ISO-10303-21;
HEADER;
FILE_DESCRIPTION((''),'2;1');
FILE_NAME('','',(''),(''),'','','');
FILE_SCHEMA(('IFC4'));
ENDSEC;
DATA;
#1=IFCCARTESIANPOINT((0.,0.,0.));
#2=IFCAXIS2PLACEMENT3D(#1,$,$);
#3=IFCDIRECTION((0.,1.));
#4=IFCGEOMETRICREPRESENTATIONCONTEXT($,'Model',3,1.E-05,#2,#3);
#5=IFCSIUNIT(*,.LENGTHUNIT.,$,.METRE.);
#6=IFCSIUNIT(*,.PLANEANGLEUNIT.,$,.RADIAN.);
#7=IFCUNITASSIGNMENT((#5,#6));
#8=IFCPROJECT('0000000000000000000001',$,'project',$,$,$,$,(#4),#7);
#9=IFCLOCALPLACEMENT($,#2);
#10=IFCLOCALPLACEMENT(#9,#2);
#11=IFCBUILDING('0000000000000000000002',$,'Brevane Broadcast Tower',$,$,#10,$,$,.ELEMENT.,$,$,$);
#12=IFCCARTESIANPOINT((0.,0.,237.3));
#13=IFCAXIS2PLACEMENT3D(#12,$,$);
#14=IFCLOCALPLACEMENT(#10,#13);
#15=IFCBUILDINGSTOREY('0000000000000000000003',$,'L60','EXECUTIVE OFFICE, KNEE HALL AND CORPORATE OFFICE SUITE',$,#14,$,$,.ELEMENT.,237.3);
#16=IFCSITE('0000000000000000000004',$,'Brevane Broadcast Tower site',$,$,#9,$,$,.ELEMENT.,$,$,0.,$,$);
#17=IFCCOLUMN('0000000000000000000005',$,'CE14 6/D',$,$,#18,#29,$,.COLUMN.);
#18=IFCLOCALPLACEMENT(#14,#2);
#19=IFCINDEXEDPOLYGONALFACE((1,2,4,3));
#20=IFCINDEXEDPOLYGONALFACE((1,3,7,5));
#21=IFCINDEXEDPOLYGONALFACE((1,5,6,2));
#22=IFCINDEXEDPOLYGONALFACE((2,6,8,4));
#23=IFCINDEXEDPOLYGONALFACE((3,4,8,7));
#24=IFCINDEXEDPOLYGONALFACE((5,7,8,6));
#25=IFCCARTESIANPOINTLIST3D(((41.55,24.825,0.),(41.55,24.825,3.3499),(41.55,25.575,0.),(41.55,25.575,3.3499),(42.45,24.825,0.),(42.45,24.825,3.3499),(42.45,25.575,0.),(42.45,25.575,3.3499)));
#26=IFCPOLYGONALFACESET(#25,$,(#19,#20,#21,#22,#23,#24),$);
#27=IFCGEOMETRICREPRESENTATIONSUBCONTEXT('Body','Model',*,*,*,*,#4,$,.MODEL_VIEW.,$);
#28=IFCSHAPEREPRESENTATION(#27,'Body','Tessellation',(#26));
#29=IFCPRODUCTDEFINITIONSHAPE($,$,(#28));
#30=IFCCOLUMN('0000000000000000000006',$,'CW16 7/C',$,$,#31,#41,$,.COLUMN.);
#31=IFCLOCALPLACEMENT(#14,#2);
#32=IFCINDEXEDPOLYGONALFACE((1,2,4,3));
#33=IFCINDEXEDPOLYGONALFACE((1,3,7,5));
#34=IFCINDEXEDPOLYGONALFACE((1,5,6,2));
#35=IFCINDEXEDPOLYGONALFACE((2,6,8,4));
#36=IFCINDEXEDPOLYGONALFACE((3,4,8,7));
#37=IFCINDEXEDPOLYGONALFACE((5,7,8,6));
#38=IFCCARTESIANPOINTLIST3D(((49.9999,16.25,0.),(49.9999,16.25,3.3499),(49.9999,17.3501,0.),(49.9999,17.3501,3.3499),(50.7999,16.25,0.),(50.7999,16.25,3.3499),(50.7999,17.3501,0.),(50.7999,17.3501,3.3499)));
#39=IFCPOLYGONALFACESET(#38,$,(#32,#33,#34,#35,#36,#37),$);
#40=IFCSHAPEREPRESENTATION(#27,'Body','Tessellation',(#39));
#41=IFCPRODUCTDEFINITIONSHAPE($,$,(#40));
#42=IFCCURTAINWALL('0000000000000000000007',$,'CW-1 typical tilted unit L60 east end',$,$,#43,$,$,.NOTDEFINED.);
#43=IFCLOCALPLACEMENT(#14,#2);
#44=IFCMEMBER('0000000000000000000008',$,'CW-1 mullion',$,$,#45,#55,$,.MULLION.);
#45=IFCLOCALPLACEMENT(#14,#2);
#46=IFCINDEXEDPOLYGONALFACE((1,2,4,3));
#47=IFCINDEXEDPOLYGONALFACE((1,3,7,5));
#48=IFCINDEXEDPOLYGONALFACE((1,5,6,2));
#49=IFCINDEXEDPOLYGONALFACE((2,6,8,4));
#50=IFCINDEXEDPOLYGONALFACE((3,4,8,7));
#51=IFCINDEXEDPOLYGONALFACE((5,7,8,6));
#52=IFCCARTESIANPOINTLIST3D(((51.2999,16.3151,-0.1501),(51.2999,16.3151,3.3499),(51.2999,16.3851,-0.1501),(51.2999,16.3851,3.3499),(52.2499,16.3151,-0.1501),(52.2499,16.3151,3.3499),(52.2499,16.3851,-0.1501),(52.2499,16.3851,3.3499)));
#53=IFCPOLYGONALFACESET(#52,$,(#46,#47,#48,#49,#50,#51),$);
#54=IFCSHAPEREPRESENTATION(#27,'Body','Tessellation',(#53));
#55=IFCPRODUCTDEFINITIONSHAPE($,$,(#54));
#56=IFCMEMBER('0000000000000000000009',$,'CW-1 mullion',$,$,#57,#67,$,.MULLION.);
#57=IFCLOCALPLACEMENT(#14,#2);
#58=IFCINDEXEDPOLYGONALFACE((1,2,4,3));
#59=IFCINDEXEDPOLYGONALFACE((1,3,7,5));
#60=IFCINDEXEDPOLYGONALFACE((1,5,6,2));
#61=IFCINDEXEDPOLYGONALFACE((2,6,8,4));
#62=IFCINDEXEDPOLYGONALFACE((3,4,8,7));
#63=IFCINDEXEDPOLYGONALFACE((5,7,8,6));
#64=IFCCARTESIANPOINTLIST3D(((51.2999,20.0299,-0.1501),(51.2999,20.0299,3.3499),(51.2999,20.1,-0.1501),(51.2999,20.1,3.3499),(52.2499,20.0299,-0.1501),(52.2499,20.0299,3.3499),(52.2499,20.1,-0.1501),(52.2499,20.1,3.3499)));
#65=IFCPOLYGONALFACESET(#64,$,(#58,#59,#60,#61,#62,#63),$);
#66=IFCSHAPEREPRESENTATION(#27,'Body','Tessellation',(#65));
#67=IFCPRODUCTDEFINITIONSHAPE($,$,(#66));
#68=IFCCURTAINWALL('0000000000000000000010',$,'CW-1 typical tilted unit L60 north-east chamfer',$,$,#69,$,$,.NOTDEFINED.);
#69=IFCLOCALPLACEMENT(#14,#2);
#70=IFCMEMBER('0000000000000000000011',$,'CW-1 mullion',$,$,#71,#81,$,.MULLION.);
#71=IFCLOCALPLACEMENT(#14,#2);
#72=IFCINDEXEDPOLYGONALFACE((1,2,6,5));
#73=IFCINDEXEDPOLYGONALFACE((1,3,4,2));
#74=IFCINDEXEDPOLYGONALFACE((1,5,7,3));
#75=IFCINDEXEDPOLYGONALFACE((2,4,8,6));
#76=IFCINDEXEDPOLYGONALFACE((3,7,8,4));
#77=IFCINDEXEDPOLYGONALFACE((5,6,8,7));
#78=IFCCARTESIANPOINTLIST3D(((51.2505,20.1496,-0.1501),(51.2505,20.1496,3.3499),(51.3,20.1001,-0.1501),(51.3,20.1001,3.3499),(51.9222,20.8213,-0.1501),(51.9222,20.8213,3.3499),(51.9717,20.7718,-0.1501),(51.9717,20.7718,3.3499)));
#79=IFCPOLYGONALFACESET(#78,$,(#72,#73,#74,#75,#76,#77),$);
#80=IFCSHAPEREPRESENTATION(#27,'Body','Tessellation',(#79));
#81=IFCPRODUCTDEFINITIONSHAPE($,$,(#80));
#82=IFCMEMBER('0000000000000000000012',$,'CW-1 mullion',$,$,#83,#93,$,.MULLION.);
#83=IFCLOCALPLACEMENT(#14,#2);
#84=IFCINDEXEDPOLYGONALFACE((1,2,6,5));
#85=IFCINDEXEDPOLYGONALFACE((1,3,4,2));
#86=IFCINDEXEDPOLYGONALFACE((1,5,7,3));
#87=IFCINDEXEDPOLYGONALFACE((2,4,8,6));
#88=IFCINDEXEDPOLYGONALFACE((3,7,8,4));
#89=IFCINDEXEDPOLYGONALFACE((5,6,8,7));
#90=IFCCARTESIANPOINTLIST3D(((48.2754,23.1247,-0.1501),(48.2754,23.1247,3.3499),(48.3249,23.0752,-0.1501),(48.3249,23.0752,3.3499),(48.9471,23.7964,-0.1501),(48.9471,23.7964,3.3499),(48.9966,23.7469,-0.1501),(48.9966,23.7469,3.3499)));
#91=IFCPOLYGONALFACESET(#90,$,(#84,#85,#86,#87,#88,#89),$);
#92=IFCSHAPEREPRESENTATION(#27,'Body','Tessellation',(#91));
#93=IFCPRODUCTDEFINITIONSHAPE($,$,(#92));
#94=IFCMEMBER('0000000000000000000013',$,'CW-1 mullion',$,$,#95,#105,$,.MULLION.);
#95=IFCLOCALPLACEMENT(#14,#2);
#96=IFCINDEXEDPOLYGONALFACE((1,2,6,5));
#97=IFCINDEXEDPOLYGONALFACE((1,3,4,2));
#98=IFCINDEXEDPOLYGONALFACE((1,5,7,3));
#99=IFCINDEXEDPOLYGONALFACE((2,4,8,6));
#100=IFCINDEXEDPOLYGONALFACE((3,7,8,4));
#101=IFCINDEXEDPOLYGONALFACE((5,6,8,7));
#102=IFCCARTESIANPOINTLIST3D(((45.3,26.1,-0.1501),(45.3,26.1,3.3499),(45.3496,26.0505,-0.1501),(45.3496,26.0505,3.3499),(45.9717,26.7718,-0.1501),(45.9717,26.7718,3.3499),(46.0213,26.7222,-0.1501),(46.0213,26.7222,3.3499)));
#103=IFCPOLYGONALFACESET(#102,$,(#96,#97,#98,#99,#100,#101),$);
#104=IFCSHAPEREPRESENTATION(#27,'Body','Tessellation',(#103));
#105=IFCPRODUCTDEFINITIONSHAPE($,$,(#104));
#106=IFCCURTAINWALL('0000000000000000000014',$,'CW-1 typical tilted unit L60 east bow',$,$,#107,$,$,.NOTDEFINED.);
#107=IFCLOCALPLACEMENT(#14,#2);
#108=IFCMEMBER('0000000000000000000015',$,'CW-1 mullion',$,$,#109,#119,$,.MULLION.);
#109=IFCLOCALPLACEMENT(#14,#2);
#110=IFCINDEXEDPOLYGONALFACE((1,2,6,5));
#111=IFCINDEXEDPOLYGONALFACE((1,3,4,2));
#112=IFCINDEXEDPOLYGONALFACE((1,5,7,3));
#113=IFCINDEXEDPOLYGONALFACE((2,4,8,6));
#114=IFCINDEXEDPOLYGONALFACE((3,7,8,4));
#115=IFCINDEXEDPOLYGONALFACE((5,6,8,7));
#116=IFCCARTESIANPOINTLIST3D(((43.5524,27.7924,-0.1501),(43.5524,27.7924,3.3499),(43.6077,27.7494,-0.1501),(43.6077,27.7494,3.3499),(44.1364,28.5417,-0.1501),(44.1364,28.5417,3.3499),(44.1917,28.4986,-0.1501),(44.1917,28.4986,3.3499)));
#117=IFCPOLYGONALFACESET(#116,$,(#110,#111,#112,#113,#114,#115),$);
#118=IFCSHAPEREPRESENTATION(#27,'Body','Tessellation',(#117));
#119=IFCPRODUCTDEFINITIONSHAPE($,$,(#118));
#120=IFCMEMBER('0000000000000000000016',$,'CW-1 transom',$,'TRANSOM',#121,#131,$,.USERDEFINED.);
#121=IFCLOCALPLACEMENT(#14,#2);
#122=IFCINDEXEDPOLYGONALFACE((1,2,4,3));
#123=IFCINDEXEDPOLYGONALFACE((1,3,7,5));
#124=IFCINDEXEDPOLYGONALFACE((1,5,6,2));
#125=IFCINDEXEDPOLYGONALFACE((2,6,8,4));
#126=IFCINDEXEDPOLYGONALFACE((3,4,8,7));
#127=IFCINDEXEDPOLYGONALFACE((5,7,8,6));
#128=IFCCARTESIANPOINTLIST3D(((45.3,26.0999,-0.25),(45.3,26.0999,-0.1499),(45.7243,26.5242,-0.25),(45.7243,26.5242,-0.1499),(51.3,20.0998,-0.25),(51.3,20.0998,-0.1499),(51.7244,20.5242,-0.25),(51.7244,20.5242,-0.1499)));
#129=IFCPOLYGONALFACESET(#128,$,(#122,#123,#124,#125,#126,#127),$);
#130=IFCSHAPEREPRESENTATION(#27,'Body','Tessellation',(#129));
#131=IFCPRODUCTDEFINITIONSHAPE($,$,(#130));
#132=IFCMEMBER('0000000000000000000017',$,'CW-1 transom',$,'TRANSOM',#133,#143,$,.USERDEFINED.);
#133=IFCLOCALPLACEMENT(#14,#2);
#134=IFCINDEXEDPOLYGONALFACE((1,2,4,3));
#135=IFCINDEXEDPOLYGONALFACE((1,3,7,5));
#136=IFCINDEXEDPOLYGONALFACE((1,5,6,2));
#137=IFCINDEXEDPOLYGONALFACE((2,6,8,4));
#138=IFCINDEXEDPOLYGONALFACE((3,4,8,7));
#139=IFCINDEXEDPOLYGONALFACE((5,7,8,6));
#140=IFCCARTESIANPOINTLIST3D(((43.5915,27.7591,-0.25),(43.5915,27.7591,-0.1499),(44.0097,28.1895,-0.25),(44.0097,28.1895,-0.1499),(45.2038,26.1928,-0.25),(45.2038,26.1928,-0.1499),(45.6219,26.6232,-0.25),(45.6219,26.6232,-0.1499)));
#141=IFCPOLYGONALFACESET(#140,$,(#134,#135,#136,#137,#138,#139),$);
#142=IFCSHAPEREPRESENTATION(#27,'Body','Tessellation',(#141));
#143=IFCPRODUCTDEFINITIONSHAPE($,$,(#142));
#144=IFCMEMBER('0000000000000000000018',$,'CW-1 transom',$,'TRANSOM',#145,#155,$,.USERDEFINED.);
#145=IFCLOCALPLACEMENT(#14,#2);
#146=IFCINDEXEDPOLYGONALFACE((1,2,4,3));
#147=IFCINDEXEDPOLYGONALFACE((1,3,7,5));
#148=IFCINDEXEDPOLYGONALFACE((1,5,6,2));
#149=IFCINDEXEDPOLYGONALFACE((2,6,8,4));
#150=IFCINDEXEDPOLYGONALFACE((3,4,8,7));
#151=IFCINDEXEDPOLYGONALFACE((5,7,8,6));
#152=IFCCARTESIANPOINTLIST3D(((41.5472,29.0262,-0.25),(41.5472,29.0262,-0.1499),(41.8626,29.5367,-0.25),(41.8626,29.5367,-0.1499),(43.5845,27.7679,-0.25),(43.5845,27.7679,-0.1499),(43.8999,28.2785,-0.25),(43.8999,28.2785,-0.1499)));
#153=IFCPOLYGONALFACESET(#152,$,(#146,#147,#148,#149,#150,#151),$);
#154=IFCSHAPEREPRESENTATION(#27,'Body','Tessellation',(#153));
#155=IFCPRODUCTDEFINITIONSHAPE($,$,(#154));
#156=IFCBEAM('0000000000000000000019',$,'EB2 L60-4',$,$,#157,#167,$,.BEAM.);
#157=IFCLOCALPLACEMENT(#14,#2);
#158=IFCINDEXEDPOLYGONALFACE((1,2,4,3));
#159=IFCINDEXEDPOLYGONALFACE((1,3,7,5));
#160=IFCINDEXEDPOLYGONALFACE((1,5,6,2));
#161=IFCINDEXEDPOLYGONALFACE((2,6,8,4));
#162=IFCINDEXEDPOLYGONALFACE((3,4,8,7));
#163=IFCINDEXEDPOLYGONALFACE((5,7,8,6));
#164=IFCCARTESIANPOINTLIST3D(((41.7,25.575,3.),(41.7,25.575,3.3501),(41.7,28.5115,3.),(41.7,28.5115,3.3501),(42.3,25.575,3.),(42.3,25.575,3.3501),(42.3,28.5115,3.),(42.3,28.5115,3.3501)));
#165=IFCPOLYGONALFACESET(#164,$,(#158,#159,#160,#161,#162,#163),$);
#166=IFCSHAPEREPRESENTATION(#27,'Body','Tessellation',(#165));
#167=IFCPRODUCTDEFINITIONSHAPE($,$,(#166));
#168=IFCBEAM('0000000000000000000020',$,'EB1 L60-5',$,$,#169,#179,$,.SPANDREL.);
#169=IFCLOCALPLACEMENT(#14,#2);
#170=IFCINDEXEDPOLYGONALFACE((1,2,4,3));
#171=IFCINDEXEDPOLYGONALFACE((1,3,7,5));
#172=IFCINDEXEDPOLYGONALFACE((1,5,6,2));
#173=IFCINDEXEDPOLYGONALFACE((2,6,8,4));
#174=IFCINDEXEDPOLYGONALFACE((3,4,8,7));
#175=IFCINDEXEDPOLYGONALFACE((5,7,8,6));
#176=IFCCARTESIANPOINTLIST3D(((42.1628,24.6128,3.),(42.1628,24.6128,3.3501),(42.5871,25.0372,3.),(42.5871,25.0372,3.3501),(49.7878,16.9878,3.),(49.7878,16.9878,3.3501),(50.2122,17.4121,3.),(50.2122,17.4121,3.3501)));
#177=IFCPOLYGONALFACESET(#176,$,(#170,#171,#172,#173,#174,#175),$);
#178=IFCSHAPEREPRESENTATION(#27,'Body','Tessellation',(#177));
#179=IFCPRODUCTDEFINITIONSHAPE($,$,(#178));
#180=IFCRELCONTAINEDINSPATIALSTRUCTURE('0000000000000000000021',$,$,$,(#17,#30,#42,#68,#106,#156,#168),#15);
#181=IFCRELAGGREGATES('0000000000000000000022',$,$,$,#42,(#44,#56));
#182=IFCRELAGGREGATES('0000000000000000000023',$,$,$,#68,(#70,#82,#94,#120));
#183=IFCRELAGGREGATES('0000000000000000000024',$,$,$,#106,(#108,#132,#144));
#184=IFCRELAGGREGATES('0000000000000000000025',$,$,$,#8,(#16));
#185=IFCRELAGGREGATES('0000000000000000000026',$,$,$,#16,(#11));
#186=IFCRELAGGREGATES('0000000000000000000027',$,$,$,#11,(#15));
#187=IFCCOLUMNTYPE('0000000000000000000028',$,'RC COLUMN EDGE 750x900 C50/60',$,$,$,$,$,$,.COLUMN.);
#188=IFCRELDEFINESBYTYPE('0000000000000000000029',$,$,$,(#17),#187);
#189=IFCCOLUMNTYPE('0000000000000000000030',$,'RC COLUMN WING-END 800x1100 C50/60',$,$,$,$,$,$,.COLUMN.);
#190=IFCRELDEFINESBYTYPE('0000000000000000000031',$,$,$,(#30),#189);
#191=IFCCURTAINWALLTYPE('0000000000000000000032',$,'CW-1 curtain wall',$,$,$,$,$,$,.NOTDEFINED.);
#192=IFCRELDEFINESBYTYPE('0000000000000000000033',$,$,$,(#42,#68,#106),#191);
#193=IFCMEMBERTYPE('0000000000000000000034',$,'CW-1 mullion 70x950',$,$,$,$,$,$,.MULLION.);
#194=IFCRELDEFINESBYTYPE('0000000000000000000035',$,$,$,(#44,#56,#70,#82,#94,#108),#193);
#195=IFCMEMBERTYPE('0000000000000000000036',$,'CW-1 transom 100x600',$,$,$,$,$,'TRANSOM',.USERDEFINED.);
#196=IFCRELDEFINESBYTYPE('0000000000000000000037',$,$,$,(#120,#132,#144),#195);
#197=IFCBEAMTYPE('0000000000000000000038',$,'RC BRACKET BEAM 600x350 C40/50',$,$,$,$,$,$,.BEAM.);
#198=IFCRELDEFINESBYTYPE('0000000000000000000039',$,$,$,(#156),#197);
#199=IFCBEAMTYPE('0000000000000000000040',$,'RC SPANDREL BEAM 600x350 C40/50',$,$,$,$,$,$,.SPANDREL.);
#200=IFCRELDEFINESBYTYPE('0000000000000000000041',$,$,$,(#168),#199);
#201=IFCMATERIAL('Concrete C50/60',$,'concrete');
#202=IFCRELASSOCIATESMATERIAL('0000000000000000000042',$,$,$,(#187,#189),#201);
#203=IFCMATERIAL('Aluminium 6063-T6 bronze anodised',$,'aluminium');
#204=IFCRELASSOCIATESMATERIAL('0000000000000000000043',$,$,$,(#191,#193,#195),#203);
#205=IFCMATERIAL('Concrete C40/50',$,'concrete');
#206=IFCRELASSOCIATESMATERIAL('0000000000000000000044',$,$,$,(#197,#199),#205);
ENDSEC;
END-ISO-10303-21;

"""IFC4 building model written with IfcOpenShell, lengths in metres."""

from ifc_helpers import new_model, si_unit, direction, frame, origin, origin_2d, place, context, subcontext, project, spatial, rectangle, extrude, material, material_profile, profile_set, type_object, element, aggregate, save


model = new_model("IFC4")

# Units and contexts
model_context = context("Model", 3, precision=1e-05, world=origin(), true_north=direction((0.0, 1.0)))
body_context = subcontext(model_context, "Body", "Model", "MODEL_VIEW")
ifc_project = project(units=[si_unit("LENGTHUNIT", "METRE"), si_unit("PLANEANGLEUNIT", "RADIAN")], contexts=[model_context])

# Site, building, storey
site_placement = place(None, origin())
site = spatial("IfcSite", under=ifc_project, at=site_placement, Name="Brevane Broadcast Tower site", CompositionType="ELEMENT", RefElevation=0.0)
building_placement = place(site_placement, origin())
building = spatial("IfcBuilding", under=site, at=building_placement, Name="Brevane Broadcast Tower", CompositionType="ELEMENT")
storey_placement = place(building_placement, frame((0.0, 0.0, 237.3)))
storey = spatial("IfcBuildingStorey", under=building, at=storey_placement, Name="L60", Description="EXECUTIVE OFFICE, KNEE HALL AND CORPORATE OFFICE SUITE", CompositionType="ELEMENT", Elevation=237.3)

# Columns
ifc_material_1 = material(Name="Concrete C50/60", Category="concrete")
ifc_material_profile_1 = material_profile(ifc_material_1, rectangle(XDim=0.75, YDim=0.8999, at=origin_2d()), Name="RC 750x900")
ifc_profile_set_1 = profile_set([ifc_material_profile_1], Name="Concrete C50/60")
column_type_1 = type_object("IfcColumnType", Name="RC COLUMN EDGE 750x900 C50/60", PredefinedType="COLUMN", material=ifc_profile_set_1)
column_1_placement = place(storey_placement, frame((42.0, 25.2, 0.0), z_axis=(0.0, 0.0, 1.0), x_axis=(0.0, 1.0, 0.0)))
element("IfcColumn", 1, at=column_1_placement, inside=storey, type_object=column_type_1, Name="CE14 6/D", PredefinedType="COLUMN", context=body_context, shape_type="SweptSolid", body=[
    extrude(rectangle(XDim=0.75, YDim=0.8999, at=origin_2d()), origin(), (0.0, 0.0, 1.0), 3.3499),
])
ifc_material_profile_2 = material_profile(ifc_material_1, rectangle(XDim=0.8, YDim=1.1001, at=origin_2d()), Name="RC 800x1100")
ifc_profile_set_2 = profile_set([ifc_material_profile_2], Name="Concrete C50/60")
column_type_2 = type_object("IfcColumnType", Name="RC COLUMN WING-END 800x1100 C50/60", PredefinedType="COLUMN", material=ifc_profile_set_2)
column_2_placement = place(storey_placement, frame((50.3999, 16.8, 0.0), z_axis=(0.0, 0.0, 1.0), x_axis=(1.0, 0.0, 0.0)))
element("IfcColumn", 2, at=column_2_placement, inside=storey, type_object=column_type_2, Name="CW16 7/C", PredefinedType="COLUMN", context=body_context, shape_type="SweptSolid", body=[
    extrude(rectangle(XDim=0.8, YDim=1.1001, at=origin_2d()), origin(), (0.0, 0.0, 1.0), 3.3499),
])

# Curtain walls, members
ifc_material_2 = material(Name="Aluminium 6063-T6 bronze anodised", Category="aluminium")
curtain_wall_type = type_object("IfcCurtainWallType", Name="CW-1 curtain wall", PredefinedType="NOTDEFINED", material=ifc_material_2)
curtain_wall_1_placement = place(storey_placement, origin())
curtain_wall_1 = element("IfcCurtainWall", 3, at=curtain_wall_1_placement, inside=storey, type_object=curtain_wall_type, Name="CW-1 typical tilted unit L60 east end", PredefinedType="NOTDEFINED")
ifc_material_profile_3 = material_profile(ifc_material_2, rectangle(XDim=0.95, YDim=0.0701, at=origin_2d()), Name="RECT 70x950")
ifc_profile_set_3 = profile_set([ifc_material_profile_3], Name="Aluminium 6063-T6 bronze anodised")
member_type_1 = type_object("IfcMemberType", Name="CW-1 mullion 70x950", PredefinedType="MULLION", material=ifc_profile_set_3)
member_1_placement = place(storey_placement, frame((51.7749, 16.3501, -0.1501), z_axis=(0.0, 0.0, 1.0), x_axis=(-1.0, 0.0, 0.0)))
member_1 = element("IfcMember", 4, at=member_1_placement, type_object=member_type_1, Name="CW-1 mullion", PredefinedType="MULLION", context=body_context, shape_type="SweptSolid", body=[
    extrude(rectangle(XDim=0.95, YDim=0.0701, at=origin_2d()), origin(), (0.0, 0.0, 1.0), 3.5),
])
member_2_placement = place(storey_placement, frame((51.7749, 20.0649, -0.1501), z_axis=(0.0, 0.0, 1.0), x_axis=(-1.0, 0.0, 0.0)))
member_2 = element("IfcMember", 5, at=member_2_placement, type_object=member_type_1, Name="CW-1 mullion", PredefinedType="MULLION", context=body_context, shape_type="SweptSolid", body=[
    extrude(rectangle(XDim=0.95, YDim=0.0701, at=origin_2d()), origin(), (0.0, 0.0, 1.0), 3.5),
])
aggregate(curtain_wall_1, [member_1, member_2])
curtain_wall_2_placement = place(storey_placement, origin())
curtain_wall_2 = element("IfcCurtainWall", 6, at=curtain_wall_2_placement, inside=storey, type_object=curtain_wall_type, Name="CW-1 typical tilted unit L60 north-east chamfer", PredefinedType="NOTDEFINED")
member_3_placement = place(storey_placement, frame((51.6111, 20.4607, -0.1501), z_axis=(0.0, 0.0, 1.0), x_axis=(-0.707107, -0.707107, 0.0)))
member_3 = element("IfcMember", 7, at=member_3_placement, type_object=member_type_1, Name="CW-1 mullion", PredefinedType="MULLION", context=body_context, shape_type="SweptSolid", body=[
    extrude(rectangle(XDim=0.95, YDim=0.0701, at=origin_2d()), origin(), (0.0, 0.0, 1.0), 3.5),
])
member_4_placement = place(storey_placement, frame((48.636, 23.4358, -0.1501), z_axis=(0.0, 0.0, 1.0), x_axis=(-0.707107, -0.707107, 0.0)))
member_4 = element("IfcMember", 8, at=member_4_placement, type_object=member_type_1, Name="CW-1 mullion", PredefinedType="MULLION", context=body_context, shape_type="SweptSolid", body=[
    extrude(rectangle(XDim=0.95, YDim=0.0701, at=origin_2d()), origin(), (0.0, 0.0, 1.0), 3.5),
])
member_5_placement = place(storey_placement, frame((45.6606, 26.4111, -0.1501), z_axis=(0.0, 0.0, 1.0), x_axis=(-0.707107, -0.707107, 0.0)))
member_5 = element("IfcMember", 9, at=member_5_placement, type_object=member_type_1, Name="CW-1 mullion", PredefinedType="MULLION", context=body_context, shape_type="SweptSolid", body=[
    extrude(rectangle(XDim=0.95, YDim=0.0701, at=origin_2d()), origin(), (0.0, 0.0, 1.0), 3.5),
])

# Curtain wall, member
curtain_wall_3_placement = place(storey_placement, origin())
curtain_wall_3 = element("IfcCurtainWall", 10, at=curtain_wall_3_placement, inside=storey, type_object=curtain_wall_type, Name="CW-1 typical tilted unit L60 east bow", PredefinedType="NOTDEFINED")
member_6_placement = place(storey_placement, frame((43.8721, 28.1455, -0.1501), z_axis=(0.0, 0.0, 1.0), x_axis=(-0.61477, -0.788707, 0.0)))
member_6 = element("IfcMember", 11, at=member_6_placement, type_object=member_type_1, Name="CW-1 mullion", PredefinedType="MULLION", context=body_context, shape_type="SweptSolid", body=[
    extrude(rectangle(XDim=0.95, YDim=0.0701, at=origin_2d()), origin(), (0.0, 0.0, 1.0), 3.5),
])

# Members
ifc_material_profile_4 = material_profile(ifc_material_2, rectangle(XDim=0.6001, YDim=0.1001, at=origin_2d()), Name="RECT 100x600")
ifc_profile_set_4 = profile_set([ifc_material_profile_4], Name="Aluminium 6063-T6 bronze anodised")
member_type_2 = type_object("IfcMemberType", Name="CW-1 transom 100x600", ElementType="TRANSOM", PredefinedType="USERDEFINED", material=ifc_profile_set_4)
member_7_placement = place(storey_placement, frame((51.5122, 20.312, -0.2), z_axis=(-0.707107, 0.707107, 0.0), x_axis=(-0.707107, -0.707107, 0.0)))
member_7 = element("IfcMember", 12, at=member_7_placement, type_object=member_type_2, Name="CW-1 transom", ObjectType="TRANSOM", PredefinedType="USERDEFINED", context=body_context, shape_type="SweptSolid", body=[
    extrude(rectangle(XDim=0.6001, YDim=0.1001, at=origin_2d()), origin(), (0.0, 0.0, 1.0), 8.4854),
])
aggregate(curtain_wall_2, [member_3, member_4, member_5, member_7])
member_8_placement = place(storey_placement, frame((45.4128, 26.408, -0.2), z_axis=(-0.717242, 0.696824, 0.0), x_axis=(-0.696824, -0.717242, 0.0)))
member_8 = element("IfcMember", 13, at=member_8_placement, type_object=member_type_2, Name="CW-1 transom", ObjectType="TRANSOM", PredefinedType="USERDEFINED", context=body_context, shape_type="SweptSolid", body=[
    extrude(rectangle(XDim=0.6001, YDim=0.1001, at=origin_2d()), origin(), (0.0, 0.0, 1.0), 2.2478),
])
member_9_placement = place(storey_placement, frame((43.7422, 28.0232, -0.2), z_axis=(-0.85081, 0.525473, 0.0), x_axis=(-0.525473, -0.85081, 0.0)))
member_9 = element("IfcMember", 14, at=member_9_placement, type_object=member_type_2, Name="CW-1 transom", ObjectType="TRANSOM", PredefinedType="USERDEFINED", context=body_context, shape_type="SweptSolid", body=[
    extrude(rectangle(XDim=0.6001, YDim=0.1001, at=origin_2d()), origin(), (0.0, 0.0, 1.0), 2.3945),
])
aggregate(curtain_wall_3, [member_6, member_8, member_9])

# Beams
ifc_material_3 = material(Name="Concrete C40/50", Category="concrete")
ifc_material_profile_5 = material_profile(ifc_material_3, rectangle(XDim=0.6001, YDim=0.3501, at=origin_2d()), Name="RC 600x350")
ifc_profile_set_5 = profile_set([ifc_material_profile_5], Name="Concrete C40/50")
beam_type_1 = type_object("IfcBeamType", Name="RC BRACKET BEAM 600x350 C40/50", PredefinedType="BEAM", material=ifc_profile_set_5)
beam_1_placement = place(storey_placement, frame((42.0, 25.575, 3.175), z_axis=(0.0, 1.0, 0.0), x_axis=(-1.0, 0.0, 0.0)))
element("IfcBeam", 15, at=beam_1_placement, inside=storey, type_object=beam_type_1, Name="EB2 L60-4", PredefinedType="BEAM", context=body_context, shape_type="SweptSolid", body=[
    extrude(rectangle(XDim=0.6001, YDim=0.3501, at=origin_2d()), origin(), (0.0, 0.0, 1.0), 2.9365),
])
ifc_material_profile_6 = material_profile(ifc_material_3, rectangle(XDim=0.6001, YDim=0.3501, at=origin_2d()), Name="RC 600x350")
ifc_profile_set_6 = profile_set([ifc_material_profile_6], Name="Concrete C40/50")
beam_type_2 = type_object("IfcBeamType", Name="RC SPANDREL BEAM 600x350 C40/50", PredefinedType="SPANDREL", material=ifc_profile_set_6)
beam_2_placement = place(storey_placement, frame((50.0, 17.2, 3.175), z_axis=(-0.707107, 0.707107, 0.0), x_axis=(-0.707107, -0.707107, 0.0)))
element("IfcBeam", 16, at=beam_2_placement, inside=storey, type_object=beam_type_2, Name="EB1 L60-5", PredefinedType="SPANDREL", context=body_context, shape_type="SweptSolid", body=[
    extrude(rectangle(XDim=0.6001, YDim=0.3501, at=origin_2d()), origin(), (0.0, 0.0, 1.0), 10.7834),
])

save(model, "model.ifc")
